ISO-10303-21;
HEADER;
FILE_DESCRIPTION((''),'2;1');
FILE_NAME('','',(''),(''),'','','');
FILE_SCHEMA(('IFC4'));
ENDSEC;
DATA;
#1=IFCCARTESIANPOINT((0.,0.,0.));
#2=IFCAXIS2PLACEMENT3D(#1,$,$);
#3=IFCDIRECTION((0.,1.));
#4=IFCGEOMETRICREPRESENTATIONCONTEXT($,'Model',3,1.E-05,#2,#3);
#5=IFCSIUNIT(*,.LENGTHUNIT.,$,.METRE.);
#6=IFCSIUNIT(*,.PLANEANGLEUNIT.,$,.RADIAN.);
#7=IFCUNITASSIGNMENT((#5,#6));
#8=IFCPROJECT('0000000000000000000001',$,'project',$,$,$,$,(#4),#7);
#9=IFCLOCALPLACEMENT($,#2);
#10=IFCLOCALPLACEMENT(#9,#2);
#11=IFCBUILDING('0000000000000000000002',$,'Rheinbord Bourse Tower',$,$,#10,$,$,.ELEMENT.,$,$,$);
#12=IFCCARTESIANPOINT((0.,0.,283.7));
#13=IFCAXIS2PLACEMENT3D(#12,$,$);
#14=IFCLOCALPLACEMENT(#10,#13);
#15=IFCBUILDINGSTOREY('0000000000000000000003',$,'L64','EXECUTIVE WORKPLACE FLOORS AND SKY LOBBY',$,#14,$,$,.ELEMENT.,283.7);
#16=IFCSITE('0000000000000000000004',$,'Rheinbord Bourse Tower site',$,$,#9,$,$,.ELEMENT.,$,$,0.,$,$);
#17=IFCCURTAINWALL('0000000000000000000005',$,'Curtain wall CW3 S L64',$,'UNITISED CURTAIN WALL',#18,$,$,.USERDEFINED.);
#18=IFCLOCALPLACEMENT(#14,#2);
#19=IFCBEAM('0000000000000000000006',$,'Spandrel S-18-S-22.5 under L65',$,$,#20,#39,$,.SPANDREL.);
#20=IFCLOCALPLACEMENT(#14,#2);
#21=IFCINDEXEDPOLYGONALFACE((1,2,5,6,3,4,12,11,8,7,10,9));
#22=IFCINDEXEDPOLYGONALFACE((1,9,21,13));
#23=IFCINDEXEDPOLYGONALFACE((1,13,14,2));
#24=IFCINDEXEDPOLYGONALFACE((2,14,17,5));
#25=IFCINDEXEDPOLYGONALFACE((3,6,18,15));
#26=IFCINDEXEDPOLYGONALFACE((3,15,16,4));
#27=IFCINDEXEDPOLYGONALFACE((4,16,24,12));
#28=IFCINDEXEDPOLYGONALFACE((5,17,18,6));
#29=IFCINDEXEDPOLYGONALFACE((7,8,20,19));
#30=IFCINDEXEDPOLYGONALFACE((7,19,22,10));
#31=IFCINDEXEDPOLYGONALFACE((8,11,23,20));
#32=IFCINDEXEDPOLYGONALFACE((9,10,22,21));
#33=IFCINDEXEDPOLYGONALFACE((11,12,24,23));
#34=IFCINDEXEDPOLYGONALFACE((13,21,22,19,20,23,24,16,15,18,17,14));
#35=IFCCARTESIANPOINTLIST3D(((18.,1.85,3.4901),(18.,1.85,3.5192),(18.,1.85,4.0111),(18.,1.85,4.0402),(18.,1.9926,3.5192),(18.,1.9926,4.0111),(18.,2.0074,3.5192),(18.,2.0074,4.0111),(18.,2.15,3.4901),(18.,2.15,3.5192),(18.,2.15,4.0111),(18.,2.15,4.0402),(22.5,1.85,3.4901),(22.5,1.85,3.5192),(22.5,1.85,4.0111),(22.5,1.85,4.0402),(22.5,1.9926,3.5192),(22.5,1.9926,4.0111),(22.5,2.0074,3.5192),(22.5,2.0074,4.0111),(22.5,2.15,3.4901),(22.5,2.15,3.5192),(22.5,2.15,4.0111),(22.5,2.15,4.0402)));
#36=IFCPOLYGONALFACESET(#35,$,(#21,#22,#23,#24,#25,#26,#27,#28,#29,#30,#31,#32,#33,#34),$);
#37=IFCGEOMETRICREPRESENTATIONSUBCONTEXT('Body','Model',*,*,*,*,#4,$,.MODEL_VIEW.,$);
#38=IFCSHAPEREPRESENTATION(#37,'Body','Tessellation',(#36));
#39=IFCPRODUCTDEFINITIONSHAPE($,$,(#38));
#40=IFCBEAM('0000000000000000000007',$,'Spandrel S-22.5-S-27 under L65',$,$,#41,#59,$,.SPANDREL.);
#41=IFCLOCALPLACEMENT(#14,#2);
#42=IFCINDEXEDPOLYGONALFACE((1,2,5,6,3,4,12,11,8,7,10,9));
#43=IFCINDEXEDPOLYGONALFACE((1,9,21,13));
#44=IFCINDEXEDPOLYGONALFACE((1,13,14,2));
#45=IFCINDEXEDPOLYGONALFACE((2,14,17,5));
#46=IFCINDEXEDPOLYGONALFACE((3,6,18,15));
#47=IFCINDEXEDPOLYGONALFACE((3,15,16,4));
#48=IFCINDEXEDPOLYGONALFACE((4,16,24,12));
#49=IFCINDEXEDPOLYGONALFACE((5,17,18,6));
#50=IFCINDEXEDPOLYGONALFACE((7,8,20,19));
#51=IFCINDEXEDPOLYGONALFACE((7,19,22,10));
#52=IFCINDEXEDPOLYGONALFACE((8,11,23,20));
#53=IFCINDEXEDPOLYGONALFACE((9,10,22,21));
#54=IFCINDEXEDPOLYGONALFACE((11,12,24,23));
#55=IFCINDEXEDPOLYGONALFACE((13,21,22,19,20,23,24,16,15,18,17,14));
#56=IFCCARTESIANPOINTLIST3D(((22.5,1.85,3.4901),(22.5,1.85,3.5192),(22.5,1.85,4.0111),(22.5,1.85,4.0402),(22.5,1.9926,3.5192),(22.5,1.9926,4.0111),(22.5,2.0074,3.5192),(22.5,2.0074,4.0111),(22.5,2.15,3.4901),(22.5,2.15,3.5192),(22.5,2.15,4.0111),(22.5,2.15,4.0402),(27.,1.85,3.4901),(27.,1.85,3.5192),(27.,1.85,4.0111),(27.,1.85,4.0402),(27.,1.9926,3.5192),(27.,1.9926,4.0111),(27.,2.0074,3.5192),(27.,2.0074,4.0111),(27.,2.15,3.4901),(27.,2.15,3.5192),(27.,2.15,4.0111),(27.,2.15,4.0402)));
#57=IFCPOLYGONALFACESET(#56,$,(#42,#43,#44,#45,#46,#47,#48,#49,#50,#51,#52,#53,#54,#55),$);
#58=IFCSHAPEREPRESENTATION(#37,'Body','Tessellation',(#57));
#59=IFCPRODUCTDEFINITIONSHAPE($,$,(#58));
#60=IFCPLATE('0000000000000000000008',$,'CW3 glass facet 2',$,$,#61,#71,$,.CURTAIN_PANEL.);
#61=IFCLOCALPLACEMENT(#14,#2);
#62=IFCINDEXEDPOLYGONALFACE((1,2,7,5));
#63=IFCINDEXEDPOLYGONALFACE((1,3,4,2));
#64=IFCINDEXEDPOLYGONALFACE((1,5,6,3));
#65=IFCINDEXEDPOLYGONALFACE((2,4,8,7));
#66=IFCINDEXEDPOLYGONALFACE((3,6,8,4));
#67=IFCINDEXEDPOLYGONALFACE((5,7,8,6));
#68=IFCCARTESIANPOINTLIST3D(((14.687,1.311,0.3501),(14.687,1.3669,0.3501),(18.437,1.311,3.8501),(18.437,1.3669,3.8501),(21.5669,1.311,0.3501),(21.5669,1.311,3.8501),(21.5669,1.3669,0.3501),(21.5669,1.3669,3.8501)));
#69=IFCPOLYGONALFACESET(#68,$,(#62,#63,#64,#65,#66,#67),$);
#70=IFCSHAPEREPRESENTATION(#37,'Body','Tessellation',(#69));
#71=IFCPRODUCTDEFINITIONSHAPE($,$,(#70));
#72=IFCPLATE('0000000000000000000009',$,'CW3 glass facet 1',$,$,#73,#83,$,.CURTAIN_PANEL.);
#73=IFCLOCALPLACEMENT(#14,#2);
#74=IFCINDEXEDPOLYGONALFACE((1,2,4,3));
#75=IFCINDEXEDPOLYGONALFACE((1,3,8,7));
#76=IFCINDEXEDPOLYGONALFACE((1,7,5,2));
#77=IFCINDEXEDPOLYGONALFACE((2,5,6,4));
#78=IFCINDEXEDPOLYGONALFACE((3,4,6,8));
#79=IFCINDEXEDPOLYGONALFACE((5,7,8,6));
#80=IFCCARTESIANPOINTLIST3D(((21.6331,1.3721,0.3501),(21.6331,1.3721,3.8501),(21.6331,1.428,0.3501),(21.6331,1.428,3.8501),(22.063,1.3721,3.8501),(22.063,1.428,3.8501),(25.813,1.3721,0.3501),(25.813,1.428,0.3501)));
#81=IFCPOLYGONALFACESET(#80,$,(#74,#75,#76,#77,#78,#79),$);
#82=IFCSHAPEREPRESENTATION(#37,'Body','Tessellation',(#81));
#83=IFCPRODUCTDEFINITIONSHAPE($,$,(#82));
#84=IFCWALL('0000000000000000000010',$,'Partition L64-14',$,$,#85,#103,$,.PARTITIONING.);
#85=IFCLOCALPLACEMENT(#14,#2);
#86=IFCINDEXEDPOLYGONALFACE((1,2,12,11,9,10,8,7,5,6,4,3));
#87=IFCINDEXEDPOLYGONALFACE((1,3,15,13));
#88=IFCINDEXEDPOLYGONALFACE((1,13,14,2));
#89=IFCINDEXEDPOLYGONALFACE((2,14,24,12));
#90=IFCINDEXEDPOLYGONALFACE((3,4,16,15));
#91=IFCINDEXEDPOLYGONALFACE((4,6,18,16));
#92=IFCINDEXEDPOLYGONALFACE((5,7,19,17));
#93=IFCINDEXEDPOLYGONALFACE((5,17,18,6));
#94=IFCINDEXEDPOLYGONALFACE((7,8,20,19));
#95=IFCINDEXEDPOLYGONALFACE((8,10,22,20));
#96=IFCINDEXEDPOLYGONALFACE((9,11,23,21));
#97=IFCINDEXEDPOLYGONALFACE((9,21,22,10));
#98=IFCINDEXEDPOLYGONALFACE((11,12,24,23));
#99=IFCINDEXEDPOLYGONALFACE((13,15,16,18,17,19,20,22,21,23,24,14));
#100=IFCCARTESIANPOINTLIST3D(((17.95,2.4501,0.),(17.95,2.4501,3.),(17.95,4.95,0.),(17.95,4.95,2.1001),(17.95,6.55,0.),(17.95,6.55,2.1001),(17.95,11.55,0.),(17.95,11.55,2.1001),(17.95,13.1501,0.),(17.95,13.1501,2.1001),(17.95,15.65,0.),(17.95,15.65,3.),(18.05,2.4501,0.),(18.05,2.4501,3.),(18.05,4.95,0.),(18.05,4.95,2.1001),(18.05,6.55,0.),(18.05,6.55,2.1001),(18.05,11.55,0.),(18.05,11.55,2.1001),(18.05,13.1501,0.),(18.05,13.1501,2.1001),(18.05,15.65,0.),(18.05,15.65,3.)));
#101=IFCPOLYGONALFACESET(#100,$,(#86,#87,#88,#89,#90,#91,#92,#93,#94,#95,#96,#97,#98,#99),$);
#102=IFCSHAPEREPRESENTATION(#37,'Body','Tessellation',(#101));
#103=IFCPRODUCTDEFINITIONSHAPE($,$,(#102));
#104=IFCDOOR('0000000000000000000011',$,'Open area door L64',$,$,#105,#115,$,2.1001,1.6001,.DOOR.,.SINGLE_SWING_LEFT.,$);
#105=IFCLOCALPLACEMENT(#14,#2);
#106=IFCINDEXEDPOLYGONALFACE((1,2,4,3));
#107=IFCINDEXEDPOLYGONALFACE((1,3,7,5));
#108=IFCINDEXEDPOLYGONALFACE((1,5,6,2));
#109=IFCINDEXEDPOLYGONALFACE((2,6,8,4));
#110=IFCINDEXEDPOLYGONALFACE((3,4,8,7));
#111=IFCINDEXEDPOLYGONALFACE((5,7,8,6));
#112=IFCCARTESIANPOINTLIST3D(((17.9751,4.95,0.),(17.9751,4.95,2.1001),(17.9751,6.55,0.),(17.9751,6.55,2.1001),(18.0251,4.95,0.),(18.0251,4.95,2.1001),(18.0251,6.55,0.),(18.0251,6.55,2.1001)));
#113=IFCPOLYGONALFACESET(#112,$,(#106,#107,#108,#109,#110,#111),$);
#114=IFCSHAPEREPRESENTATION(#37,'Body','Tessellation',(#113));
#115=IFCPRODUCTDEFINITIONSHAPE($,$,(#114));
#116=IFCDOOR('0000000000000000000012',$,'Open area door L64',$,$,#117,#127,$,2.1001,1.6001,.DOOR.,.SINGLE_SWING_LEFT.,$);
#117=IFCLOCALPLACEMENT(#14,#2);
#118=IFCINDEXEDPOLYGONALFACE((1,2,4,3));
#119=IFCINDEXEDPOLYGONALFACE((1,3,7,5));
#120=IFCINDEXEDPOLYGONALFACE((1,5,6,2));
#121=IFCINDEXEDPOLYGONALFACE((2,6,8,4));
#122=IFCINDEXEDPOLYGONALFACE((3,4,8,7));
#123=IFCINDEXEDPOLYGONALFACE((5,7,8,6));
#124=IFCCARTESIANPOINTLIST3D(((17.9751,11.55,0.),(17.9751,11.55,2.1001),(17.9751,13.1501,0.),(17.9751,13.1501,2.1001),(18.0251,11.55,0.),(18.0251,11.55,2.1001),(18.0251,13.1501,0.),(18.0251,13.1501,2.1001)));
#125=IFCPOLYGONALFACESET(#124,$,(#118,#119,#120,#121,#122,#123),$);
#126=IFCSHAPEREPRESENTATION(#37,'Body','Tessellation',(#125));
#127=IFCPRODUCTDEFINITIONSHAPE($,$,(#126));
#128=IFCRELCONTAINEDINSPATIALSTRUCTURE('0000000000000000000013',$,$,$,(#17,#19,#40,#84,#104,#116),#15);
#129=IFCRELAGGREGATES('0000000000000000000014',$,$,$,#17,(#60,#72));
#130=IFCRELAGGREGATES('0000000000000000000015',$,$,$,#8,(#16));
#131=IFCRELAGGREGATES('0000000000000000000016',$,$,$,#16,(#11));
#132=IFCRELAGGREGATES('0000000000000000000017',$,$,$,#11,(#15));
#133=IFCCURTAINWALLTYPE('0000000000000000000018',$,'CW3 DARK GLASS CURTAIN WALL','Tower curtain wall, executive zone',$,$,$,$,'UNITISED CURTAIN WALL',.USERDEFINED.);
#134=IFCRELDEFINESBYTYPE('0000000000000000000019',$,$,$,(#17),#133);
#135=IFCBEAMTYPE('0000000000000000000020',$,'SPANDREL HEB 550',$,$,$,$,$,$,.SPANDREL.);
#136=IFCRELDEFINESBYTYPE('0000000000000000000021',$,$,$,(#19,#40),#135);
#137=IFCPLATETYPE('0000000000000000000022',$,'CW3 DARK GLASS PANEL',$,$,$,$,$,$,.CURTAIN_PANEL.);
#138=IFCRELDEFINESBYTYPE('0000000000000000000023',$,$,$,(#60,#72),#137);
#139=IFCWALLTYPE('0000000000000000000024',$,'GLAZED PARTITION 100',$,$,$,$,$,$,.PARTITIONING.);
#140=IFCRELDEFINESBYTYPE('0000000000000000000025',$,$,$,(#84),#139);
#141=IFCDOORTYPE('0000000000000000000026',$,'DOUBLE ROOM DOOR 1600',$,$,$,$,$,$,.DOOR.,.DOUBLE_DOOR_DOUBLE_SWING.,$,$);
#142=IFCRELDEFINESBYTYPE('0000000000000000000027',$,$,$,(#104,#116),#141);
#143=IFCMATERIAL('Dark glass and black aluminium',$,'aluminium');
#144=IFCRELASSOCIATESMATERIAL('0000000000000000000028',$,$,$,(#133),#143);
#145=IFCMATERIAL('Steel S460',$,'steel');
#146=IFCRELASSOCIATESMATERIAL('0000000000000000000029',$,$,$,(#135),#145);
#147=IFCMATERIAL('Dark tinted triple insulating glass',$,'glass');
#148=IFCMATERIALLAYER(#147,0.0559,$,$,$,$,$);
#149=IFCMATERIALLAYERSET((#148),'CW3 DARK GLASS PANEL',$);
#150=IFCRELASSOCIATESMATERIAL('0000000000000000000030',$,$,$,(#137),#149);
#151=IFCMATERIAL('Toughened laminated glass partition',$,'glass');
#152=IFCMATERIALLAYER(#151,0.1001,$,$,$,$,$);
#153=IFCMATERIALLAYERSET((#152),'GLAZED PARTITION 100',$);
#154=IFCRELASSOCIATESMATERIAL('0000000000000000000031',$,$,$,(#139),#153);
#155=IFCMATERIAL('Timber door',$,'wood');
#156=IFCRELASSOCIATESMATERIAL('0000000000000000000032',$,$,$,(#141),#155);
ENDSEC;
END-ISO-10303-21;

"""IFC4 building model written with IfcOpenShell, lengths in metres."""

from ifc_helpers import new_model, si_unit, direction, frame, frame_2d, origin, origin_2d, place, context, subcontext, project, spatial, polyline, rectangle, i_section, outline, extrude, material, layer, layer_set, material_profile, profile_set, type_object, element, fill, aggregate, save


model = new_model("IFC4")

# Units and contexts
model_context = context("Model", 3, precision=1e-05, world=origin(), true_north=direction((0.0, 1.0)))
body_context = subcontext(model_context, "Body", "Model", "MODEL_VIEW")
ifc_project = project(units=[si_unit("LENGTHUNIT", "METRE"), si_unit("PLANEANGLEUNIT", "RADIAN")], contexts=[model_context])

# Site, building, storey
site_placement = place(None, origin())
site = spatial("IfcSite", under=ifc_project, at=site_placement, Name="Rheinbord Bourse Tower site", CompositionType="ELEMENT", RefElevation=0.0)
building_placement = place(site_placement, origin())
building = spatial("IfcBuilding", under=site, at=building_placement, Name="Rheinbord Bourse Tower", CompositionType="ELEMENT")
storey_placement = place(building_placement, frame((0.0, 0.0, 283.7)))
storey = spatial("IfcBuildingStorey", under=building, at=storey_placement, Name="L64", Description="EXECUTIVE WORKPLACE FLOORS AND SKY LOBBY", CompositionType="ELEMENT", Elevation=283.7)

# Curtain wall
ifc_material_1 = material(Name="Dark glass and black aluminium", Category="aluminium")
curtain_wall_type = type_object("IfcCurtainWallType", Name="CW3 DARK GLASS CURTAIN WALL", Description="Tower curtain wall, executive zone", ElementType="UNITISED CURTAIN WALL", PredefinedType="USERDEFINED", material=ifc_material_1)
curtain_wall_placement = place(storey_placement, origin())
curtain_wall = element("IfcCurtainWall", 1, at=curtain_wall_placement, inside=storey, type_object=curtain_wall_type, Name="Curtain wall CW3 S L64", ObjectType="UNITISED CURTAIN WALL", PredefinedType="USERDEFINED")

# Beams
ifc_material_2 = material(Name="Steel S460", Category="steel")
ifc_material_profile_1 = material_profile(ifc_material_2, i_section(OverallWidth=0.3, OverallDepth=0.55, WebThickness=0.0149, FlangeThickness=0.0291, at=origin_2d()), Name="HEB 550")
ifc_profile_set_1 = profile_set([ifc_material_profile_1], Name="Steel S460")
beam_type_1 = type_object("IfcBeamType", Name="SPANDREL HEB 550", PredefinedType="SPANDREL", material=ifc_profile_set_1)
for number, where, z_axis, x_axis, name in (
    (2, (18.0, 2.0, 3.7651), (1.0, 0.0, 0.0), (0.0, 1.0, 0.0), "Spandrel S-18-S-22.5 under L65"),
    (3, (22.5, 2.0, 3.7651), (1.0, 0.0, 0.0), (0.0, 1.0, 0.0), "Spandrel S-22.5-S-27 under L65"),
):
    element("IfcBeam", number, at=place(storey_placement, frame(where, z_axis=z_axis, x_axis=x_axis)), inside=storey, type_object=beam_type_1, Name=name, PredefinedType="SPANDREL", context=body_context, shape_type="SweptSolid", body=[
        extrude(i_section(OverallWidth=0.3, OverallDepth=0.55, WebThickness=0.0149, FlangeThickness=0.0291, at=origin_2d()), origin(), (0.0, 0.0, 1.0), 4.5),
    ])

# Plates
ifc_material_3 = material(Name="Dark tinted triple insulating glass", Category="glass")
ifc_layer_1 = layer(ifc_material_3, 0.0559)
ifc_layer_set_1 = layer_set([ifc_layer_1], Name="CW3 DARK GLASS PANEL")
plate_type = type_object("IfcPlateType", Name="CW3 DARK GLASS PANEL", PredefinedType="CURTAIN_PANEL", material=ifc_layer_set_1)
plate_1_placement = place(storey_placement, frame((21.5669, 1.311, 3.8501), z_axis=(0.0, 1.0, 0.0), x_axis=(0.0, 0.0, -1.0)))
plate_1 = element("IfcPlate", 4, at=plate_1_placement, type_object=plate_type, Name="CW3 glass facet 2", PredefinedType="CURTAIN_PANEL", context=body_context, shape_type="SweptSolid", body=[
    extrude(outline(polyline([(0.0, 0.0), (3.5, 0.0), (3.5, 6.8799), (0.0, 3.1299), (0.0, 0.0)])), origin(), (0.0, 0.0, 1.0), 0.0559),
])
plate_2_placement = place(storey_placement, frame((21.6331, 1.3721, 0.3501), z_axis=(0.0, 1.0, 0.0), x_axis=(0.0, 0.0, 1.0)))
plate_2 = element("IfcPlate", 5, at=plate_2_placement, type_object=plate_type, Name="CW3 glass facet 1", PredefinedType="CURTAIN_PANEL", context=body_context, shape_type="SweptSolid", body=[
    extrude(outline(polyline([(0.0, 0.0), (3.5, 0.0), (3.5, 0.4299), (0.0, 4.1799), (0.0, 0.0)])), origin(), (0.0, 0.0, 1.0), 0.0559),
])
aggregate(curtain_wall, [plate_1, plate_2])

# Wall, openings, doors
ifc_material_4 = material(Name="Toughened laminated glass partition", Category="glass")
ifc_layer_2 = layer(ifc_material_4, 0.1001)
ifc_layer_set_2 = layer_set([ifc_layer_2], Name="GLAZED PARTITION 100")
wall_type = type_object("IfcWallType", Name="GLAZED PARTITION 100", PredefinedType="PARTITIONING", material=ifc_layer_set_2)
wall_placement = place(storey_placement, frame((18.0, 2.45, 0.0), z_axis=(0.0, 0.0, 1.0), x_axis=(0.0, 1.0, 0.0)))
wall = element("IfcWall", 6, at=wall_placement, inside=storey, type_object=wall_type, Name="Partition L64-14", PredefinedType="PARTITIONING", context=body_context, shape_type="SweptSolid", body=[
    extrude(rectangle(XDim=13.2, YDim=0.1001, at=frame_2d((6.6001, 0.0))), origin(), (0.0, 0.0, 1.0), 3.0),
])
opening_1_placement = place(wall_placement, frame((2.5, 0.0, 0.0)))
opening_1 = element("IfcOpeningElement", 7, at=opening_1_placement, cuts=wall, PredefinedType="OPENING", context=body_context, shape_type="SweptSolid", body=[
    extrude(rectangle(XDim=1.6001, YDim=2.1001, at=frame_2d((0.8, 1.05))), frame((0.0, 0.0601, 0.0), z_axis=(0.0, -1.0, 0.0), x_axis=(1.0, 0.0, 0.0)), (0.0, 0.0, 1.0), 0.1201),
])
opening_2_placement = place(wall_placement, frame((9.1001, 0.0, 0.0)))
opening_2 = element("IfcOpeningElement", 8, at=opening_2_placement, cuts=wall, PredefinedType="OPENING", context=body_context, shape_type="SweptSolid", body=[
    extrude(rectangle(XDim=1.6001, YDim=2.1001, at=frame_2d((0.8, 1.05))), frame((0.0, 0.0601, 0.0), z_axis=(0.0, -1.0, 0.0), x_axis=(1.0, 0.0, 0.0)), (0.0, 0.0, 1.0), 0.1201),
])
ifc_material_5 = material(Name="Timber door", Category="wood")
door_type = type_object("IfcDoorType", Name="DOUBLE ROOM DOOR 1600", OperationType="DOUBLE_DOOR_DOUBLE_SWING", PredefinedType="DOOR", material=ifc_material_5)
door_1_placement = place(opening_1_placement, origin())
door_1 = element("IfcDoor", 9, at=door_1_placement, inside=storey, type_object=door_type, Name="Open area door L64", OperationType="SINGLE_SWING_LEFT", OverallHeight=2.1001, OverallWidth=1.6001, PredefinedType="DOOR", context=body_context, shape_type="SweptSolid", body=[
    extrude(rectangle(XDim=1.6001, YDim=2.1001, at=frame_2d((0.8, 1.05))), frame((0.0, 0.0249, 0.0), z_axis=(0.0, -1.0, 0.0), x_axis=(1.0, 0.0, 0.0)), (0.0, 0.0, 1.0), 0.05),
])
fill(opening_1, door_1)
door_2_placement = place(opening_2_placement, origin())
door_2 = element("IfcDoor", 10, at=door_2_placement, inside=storey, type_object=door_type, Name="Open area door L64", OperationType="SINGLE_SWING_LEFT", OverallHeight=2.1001, OverallWidth=1.6001, PredefinedType="DOOR", context=body_context, shape_type="SweptSolid", body=[
    extrude(rectangle(XDim=1.6001, YDim=2.1001, at=frame_2d((0.8, 1.05))), frame((0.0, 0.0249, 0.0), z_axis=(0.0, -1.0, 0.0), x_axis=(1.0, 0.0, 0.0)), (0.0, 0.0, 1.0), 0.05),
])
fill(opening_2, door_2)

save(model, "model.ifc")
